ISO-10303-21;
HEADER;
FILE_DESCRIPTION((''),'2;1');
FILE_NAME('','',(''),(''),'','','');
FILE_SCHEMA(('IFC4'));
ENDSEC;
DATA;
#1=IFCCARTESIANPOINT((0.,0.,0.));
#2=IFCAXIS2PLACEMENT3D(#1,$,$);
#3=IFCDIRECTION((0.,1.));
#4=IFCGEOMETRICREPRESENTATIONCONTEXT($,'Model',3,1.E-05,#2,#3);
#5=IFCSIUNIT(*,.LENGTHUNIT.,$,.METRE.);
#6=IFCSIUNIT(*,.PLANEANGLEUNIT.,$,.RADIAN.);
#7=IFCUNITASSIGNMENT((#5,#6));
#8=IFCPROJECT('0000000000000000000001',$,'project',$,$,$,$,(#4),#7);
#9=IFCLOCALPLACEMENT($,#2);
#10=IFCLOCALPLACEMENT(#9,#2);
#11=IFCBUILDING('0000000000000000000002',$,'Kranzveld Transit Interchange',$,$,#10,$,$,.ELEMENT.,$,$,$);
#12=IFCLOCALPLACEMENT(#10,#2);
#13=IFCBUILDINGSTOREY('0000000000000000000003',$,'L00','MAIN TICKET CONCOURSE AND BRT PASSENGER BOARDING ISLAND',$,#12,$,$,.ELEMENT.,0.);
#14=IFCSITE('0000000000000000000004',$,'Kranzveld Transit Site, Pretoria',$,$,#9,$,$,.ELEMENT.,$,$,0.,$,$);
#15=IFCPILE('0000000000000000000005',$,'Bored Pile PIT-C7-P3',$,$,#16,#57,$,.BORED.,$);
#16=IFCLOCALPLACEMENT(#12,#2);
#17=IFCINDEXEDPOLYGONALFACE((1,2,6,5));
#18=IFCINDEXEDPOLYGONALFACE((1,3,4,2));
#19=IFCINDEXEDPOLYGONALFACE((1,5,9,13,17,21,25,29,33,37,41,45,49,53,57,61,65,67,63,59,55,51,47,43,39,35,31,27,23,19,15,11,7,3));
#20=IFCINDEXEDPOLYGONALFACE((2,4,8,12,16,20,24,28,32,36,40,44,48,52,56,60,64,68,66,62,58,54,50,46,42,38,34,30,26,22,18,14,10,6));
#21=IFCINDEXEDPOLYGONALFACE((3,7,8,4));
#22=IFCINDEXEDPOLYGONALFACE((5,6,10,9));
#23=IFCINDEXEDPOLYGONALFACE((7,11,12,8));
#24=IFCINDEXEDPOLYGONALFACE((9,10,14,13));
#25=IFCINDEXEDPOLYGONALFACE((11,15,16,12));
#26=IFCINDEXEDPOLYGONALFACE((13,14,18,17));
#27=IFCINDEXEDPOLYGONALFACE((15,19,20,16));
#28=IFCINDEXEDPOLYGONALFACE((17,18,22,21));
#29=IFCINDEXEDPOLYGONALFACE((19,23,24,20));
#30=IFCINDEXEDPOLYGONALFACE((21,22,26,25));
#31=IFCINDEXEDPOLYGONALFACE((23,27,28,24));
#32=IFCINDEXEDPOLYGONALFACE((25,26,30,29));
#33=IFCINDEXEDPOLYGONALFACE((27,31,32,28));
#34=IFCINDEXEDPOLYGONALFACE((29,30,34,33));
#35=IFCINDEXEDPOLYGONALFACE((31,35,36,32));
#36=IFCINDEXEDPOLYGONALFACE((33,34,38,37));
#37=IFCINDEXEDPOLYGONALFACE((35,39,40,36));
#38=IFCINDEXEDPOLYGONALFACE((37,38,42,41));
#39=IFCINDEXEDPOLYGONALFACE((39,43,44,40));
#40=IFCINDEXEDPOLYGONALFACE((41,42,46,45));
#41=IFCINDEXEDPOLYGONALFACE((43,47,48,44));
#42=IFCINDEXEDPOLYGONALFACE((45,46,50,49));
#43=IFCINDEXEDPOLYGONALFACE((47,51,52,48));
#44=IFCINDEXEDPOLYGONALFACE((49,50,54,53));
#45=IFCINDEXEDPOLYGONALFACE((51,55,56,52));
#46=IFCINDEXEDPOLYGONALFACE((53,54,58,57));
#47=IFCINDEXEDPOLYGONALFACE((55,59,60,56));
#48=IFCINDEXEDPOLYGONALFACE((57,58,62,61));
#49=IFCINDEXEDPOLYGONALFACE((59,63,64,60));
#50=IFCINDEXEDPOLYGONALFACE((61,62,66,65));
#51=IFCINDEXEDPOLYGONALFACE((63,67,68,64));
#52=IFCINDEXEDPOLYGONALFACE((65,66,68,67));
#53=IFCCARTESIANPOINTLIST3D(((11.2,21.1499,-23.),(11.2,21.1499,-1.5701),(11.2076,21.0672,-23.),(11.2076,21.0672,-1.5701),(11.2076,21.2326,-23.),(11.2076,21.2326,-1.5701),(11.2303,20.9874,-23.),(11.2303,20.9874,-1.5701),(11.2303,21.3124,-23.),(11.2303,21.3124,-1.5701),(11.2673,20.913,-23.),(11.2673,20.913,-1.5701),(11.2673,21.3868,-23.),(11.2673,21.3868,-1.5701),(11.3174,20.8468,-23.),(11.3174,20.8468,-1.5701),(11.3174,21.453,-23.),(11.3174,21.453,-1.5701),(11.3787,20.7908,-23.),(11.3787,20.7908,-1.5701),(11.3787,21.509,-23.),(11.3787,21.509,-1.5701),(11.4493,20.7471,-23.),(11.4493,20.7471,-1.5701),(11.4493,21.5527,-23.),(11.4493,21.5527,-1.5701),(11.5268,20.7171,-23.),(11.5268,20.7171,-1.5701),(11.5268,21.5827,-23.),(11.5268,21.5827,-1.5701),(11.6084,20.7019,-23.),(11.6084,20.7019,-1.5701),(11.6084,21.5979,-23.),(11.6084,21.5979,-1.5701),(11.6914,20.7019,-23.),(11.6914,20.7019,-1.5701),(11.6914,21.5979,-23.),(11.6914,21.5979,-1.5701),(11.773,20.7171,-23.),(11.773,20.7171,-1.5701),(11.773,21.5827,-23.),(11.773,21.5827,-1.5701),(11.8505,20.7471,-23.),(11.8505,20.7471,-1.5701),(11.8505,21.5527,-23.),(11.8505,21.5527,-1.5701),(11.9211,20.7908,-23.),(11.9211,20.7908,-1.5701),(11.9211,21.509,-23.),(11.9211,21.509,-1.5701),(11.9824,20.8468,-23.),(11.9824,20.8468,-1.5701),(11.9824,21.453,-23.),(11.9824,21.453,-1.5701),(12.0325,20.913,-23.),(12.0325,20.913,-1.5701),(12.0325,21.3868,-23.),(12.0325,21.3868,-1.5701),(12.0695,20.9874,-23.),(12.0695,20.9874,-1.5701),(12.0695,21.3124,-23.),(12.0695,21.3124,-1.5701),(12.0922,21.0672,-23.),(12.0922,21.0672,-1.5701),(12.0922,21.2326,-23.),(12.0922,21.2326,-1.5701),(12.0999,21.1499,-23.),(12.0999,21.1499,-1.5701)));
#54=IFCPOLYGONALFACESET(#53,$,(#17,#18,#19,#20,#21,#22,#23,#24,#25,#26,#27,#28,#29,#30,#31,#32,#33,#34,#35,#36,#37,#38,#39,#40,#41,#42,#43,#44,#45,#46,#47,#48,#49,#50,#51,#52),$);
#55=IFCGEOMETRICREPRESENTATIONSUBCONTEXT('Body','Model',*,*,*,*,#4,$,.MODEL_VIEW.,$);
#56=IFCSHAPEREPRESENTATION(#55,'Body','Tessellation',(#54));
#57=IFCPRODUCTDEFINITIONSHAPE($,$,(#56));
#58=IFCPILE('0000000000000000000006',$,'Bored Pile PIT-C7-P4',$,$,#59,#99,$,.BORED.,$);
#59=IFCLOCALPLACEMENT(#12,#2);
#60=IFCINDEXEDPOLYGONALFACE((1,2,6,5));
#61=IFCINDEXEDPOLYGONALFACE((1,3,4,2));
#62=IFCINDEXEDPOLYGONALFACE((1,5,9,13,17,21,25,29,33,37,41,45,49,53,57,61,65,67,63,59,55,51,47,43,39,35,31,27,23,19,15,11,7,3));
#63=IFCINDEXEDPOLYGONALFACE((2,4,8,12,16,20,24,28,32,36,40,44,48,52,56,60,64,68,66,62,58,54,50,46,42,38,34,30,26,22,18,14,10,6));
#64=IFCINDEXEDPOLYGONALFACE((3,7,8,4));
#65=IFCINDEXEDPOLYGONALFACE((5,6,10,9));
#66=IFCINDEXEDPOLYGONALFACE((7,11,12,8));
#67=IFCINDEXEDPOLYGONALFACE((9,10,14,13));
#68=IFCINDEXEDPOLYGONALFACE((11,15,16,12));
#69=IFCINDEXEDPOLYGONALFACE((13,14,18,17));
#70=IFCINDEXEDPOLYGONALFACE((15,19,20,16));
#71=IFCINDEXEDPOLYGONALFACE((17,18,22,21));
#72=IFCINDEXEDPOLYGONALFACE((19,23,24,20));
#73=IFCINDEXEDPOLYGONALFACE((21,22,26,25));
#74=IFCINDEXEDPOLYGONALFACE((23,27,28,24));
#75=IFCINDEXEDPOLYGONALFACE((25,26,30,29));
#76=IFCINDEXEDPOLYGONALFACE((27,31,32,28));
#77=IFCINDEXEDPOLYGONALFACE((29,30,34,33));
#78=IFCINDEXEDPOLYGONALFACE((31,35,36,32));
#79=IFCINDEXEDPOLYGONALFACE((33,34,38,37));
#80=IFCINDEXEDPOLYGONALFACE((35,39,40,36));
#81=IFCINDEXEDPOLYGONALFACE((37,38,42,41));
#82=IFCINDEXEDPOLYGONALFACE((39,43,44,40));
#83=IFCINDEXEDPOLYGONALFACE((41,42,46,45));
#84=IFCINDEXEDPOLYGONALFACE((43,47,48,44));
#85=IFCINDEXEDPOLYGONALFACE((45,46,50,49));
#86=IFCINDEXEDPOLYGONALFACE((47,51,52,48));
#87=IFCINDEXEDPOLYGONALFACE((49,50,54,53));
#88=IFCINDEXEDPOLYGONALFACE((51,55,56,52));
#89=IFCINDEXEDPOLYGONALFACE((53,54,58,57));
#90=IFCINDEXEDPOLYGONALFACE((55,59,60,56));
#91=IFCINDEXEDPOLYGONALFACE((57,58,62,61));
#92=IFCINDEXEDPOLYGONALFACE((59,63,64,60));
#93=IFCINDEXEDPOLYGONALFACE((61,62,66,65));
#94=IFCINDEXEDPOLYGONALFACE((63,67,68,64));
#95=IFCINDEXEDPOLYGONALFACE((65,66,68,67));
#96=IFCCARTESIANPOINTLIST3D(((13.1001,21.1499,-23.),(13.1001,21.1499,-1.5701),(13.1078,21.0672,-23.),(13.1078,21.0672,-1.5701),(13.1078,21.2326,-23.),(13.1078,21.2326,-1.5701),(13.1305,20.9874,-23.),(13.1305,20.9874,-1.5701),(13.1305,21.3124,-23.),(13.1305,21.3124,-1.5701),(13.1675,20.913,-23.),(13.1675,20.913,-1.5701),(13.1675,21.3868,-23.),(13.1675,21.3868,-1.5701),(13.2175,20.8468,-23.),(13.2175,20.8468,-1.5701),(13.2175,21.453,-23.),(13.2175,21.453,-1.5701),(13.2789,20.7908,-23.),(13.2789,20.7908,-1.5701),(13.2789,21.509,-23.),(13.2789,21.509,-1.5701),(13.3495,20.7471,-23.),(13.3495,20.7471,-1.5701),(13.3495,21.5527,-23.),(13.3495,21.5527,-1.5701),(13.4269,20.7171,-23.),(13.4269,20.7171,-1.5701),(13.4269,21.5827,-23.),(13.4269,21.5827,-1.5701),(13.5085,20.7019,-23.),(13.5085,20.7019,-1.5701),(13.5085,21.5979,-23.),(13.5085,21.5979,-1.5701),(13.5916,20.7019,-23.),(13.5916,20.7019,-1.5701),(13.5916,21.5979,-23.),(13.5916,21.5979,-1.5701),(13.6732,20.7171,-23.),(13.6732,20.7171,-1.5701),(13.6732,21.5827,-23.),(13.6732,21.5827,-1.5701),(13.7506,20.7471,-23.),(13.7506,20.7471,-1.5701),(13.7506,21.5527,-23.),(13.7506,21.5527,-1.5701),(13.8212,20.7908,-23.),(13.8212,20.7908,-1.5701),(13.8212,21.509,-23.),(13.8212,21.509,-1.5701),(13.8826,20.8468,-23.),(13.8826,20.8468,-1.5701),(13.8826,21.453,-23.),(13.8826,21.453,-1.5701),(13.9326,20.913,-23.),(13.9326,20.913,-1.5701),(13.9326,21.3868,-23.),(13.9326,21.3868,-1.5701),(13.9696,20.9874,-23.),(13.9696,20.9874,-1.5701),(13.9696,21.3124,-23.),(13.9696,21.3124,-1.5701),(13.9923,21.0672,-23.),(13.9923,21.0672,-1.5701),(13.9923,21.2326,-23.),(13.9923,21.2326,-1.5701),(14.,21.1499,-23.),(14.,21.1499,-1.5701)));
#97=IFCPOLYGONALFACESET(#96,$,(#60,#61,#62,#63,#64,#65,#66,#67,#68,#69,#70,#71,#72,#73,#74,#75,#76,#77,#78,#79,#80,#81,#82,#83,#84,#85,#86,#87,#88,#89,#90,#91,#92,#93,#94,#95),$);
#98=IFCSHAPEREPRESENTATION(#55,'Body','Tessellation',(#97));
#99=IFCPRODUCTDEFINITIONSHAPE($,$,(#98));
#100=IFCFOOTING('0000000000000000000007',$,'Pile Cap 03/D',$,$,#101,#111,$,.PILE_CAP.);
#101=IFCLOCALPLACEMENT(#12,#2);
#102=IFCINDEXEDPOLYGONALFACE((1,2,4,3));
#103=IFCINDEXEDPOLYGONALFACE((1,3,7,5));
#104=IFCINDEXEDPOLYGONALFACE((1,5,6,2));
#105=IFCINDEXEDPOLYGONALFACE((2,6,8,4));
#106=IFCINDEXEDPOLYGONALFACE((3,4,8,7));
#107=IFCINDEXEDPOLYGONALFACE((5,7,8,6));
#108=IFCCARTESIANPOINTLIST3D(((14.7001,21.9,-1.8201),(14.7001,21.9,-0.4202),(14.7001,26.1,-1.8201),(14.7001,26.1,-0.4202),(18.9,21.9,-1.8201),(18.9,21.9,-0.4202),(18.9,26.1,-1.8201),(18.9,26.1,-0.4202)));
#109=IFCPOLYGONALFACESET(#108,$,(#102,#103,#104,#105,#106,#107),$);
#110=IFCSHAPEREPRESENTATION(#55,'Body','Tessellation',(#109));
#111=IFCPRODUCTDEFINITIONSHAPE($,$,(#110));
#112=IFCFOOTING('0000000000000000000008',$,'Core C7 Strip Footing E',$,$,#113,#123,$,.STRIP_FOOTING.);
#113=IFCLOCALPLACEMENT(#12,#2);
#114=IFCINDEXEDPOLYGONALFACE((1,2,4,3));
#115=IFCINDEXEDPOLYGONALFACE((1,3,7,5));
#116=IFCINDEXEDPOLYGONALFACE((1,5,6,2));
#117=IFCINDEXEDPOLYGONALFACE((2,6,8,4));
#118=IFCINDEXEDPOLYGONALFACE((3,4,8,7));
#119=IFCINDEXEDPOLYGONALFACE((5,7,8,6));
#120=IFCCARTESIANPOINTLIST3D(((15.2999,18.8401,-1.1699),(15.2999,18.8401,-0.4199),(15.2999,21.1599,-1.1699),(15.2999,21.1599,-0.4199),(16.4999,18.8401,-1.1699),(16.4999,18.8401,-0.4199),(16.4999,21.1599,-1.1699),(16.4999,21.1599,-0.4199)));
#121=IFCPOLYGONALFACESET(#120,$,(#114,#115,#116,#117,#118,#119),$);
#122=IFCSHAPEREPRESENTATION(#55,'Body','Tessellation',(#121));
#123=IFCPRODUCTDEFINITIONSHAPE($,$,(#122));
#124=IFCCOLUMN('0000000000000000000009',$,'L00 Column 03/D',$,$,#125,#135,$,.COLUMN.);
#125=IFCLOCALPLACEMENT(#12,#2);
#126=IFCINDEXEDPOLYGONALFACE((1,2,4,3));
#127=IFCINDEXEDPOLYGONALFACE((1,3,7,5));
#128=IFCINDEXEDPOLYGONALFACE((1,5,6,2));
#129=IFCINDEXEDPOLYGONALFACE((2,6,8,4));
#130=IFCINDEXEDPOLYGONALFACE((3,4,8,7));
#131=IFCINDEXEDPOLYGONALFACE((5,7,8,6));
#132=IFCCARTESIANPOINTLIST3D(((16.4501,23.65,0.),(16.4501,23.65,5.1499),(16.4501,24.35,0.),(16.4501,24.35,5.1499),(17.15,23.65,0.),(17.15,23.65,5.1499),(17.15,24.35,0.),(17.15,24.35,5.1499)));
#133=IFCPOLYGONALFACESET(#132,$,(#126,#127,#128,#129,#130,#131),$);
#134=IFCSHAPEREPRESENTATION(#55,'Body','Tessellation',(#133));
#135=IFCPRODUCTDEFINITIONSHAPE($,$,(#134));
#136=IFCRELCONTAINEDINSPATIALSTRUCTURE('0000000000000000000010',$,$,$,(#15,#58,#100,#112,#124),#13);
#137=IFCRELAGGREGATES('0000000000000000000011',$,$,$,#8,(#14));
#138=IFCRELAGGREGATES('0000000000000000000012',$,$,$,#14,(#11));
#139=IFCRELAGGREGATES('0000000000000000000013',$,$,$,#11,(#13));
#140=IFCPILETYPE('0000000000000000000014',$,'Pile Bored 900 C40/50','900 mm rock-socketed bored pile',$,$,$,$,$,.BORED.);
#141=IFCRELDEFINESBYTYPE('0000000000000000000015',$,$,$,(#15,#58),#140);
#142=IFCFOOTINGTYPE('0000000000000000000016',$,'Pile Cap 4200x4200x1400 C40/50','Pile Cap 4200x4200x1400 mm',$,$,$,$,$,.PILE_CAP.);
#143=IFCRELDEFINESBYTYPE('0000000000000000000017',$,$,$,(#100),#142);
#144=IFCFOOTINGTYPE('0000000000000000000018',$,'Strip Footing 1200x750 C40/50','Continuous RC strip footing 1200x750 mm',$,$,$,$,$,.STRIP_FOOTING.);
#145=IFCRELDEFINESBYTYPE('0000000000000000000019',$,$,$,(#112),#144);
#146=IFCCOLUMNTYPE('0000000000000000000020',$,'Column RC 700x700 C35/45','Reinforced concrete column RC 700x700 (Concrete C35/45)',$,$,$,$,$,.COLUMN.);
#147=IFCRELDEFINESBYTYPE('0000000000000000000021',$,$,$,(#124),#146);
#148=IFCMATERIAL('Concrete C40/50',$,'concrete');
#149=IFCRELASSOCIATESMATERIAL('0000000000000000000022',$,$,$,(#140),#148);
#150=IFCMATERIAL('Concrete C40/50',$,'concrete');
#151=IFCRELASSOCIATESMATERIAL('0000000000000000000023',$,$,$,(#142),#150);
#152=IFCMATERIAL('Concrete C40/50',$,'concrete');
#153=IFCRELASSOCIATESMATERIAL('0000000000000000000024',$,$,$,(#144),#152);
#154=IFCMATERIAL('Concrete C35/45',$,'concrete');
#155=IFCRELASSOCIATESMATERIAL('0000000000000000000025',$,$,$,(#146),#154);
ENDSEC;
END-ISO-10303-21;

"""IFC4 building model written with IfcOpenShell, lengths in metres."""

from ifc_helpers import new_model, si_unit, direction, frame, origin, origin_2d, place, context, subcontext, project, spatial, rectangle, circle, extrude, material, material_profile, profile_set, type_object, element, save


model = new_model("IFC4")

# Units and contexts
model_context = context("Model", 3, precision=1e-05, world=origin(), true_north=direction((0.0, 1.0)))
body_context = subcontext(model_context, "Body", "Model", "MODEL_VIEW")
ifc_project = project(units=[si_unit("LENGTHUNIT", "METRE"), si_unit("PLANEANGLEUNIT", "RADIAN")], contexts=[model_context])

# Site, building, storey
site_placement = place(None, origin())
site = spatial("IfcSite", under=ifc_project, at=site_placement, Name="Kranzveld Transit Site, Pretoria", CompositionType="ELEMENT", RefElevation=0.0)
building_placement = place(site_placement, origin())
building = spatial("IfcBuilding", under=site, at=building_placement, Name="Kranzveld Transit Interchange", CompositionType="ELEMENT")
storey_placement = place(building_placement, origin())
storey = spatial("IfcBuildingStorey", under=building, at=storey_placement, Name="L00", Description="MAIN TICKET CONCOURSE AND BRT PASSENGER BOARDING ISLAND", CompositionType="ELEMENT", Elevation=0.0)

# Piles
ifc_material_1 = material(Name="Concrete C40/50", Category="concrete")
ifc_material_profile_1 = material_profile(ifc_material_1, circle(Radius=0.45, at=origin_2d()), Name="BORED PILE 900")
ifc_profile_set_1 = profile_set([ifc_material_profile_1], Name="Concrete C40/50")
pile_type_1 = type_object("IfcPileType", Name="Pile Bored 900 C40/50", Description="900 mm rock-socketed bored pile", PredefinedType="BORED", material=ifc_profile_set_1)
for number, where, z_axis, x_axis, name in (
    (1, (11.6499, 21.1499, -1.5701), (0.0, 0.0, -1.0), (1.0, 0.0, 0.0), "Bored Pile PIT-C7-P3"),
    (2, (13.55, 21.1499, -1.5701), (0.0, 0.0, -1.0), (1.0, 0.0, 0.0), "Bored Pile PIT-C7-P4"),
):
    element("IfcPile", number, at=place(storey_placement, frame(where, z_axis=z_axis, x_axis=x_axis)), inside=storey, type_object=pile_type_1, Name=name, PredefinedType="BORED", context=body_context, shape_type="SweptSolid", body=[
        extrude(circle(Radius=0.45, at=origin_2d()), origin(), (0.0, 0.0, 1.0), 21.4299),
    ])

# Footings
ifc_material_2 = material(Name="Concrete C40/50", Category="concrete")
footing_type_1 = type_object("IfcFootingType", Name="Pile Cap 4200x4200x1400 C40/50", Description="Pile Cap 4200x4200x1400 mm", PredefinedType="PILE_CAP", material=ifc_material_2)
footing_1_placement = place(storey_placement, frame((16.8, 24.0, -1.8201), z_axis=(0.0, 0.0, 1.0), x_axis=(1.0, 0.0, 0.0)))
element("IfcFooting", 3, at=footing_1_placement, inside=storey, type_object=footing_type_1, Name="Pile Cap 03/D", PredefinedType="PILE_CAP", context=body_context, shape_type="SweptSolid", body=[
    extrude(rectangle(XDim=4.2, YDim=4.2, at=origin_2d()), origin(), (0.0, 0.0, 1.0), 1.3999),
])
ifc_material_3 = material(Name="Concrete C40/50", Category="concrete")
ifc_material_profile_2 = material_profile(ifc_material_3, rectangle(XDim=1.2, YDim=0.75, at=origin_2d()), Name="SF 1200x750")
ifc_profile_set_2 = profile_set([ifc_material_profile_2], Name="Concrete C40/50")
footing_type_2 = type_object("IfcFootingType", Name="Strip Footing 1200x750 C40/50", Description="Continuous RC strip footing 1200x750 mm", PredefinedType="STRIP_FOOTING", material=ifc_profile_set_2)
footing_2_placement = place(storey_placement, frame((15.8999, 18.8401, -0.7949), z_axis=(0.0, 1.0, 0.0), x_axis=(-1.0, 0.0, 0.0)))
element("IfcFooting", 4, at=footing_2_placement, inside=storey, type_object=footing_type_2, Name="Core C7 Strip Footing E", PredefinedType="STRIP_FOOTING", context=body_context, shape_type="SweptSolid", body=[
    extrude(rectangle(XDim=1.2, YDim=0.75, at=origin_2d()), origin(), (0.0, 0.0, 1.0), 2.3198),
])

# Column
ifc_material_4 = material(Name="Concrete C35/45", Category="concrete")
ifc_material_profile_3 = material_profile(ifc_material_4, rectangle(XDim=0.7, YDim=0.7, at=origin_2d()), Name="RC 700x700")
ifc_profile_set_3 = profile_set([ifc_material_profile_3], Name="Concrete C35/45")
column_type_1 = type_object("IfcColumnType", Name="Column RC 700x700 C35/45", Description="Reinforced concrete column RC 700x700 (Concrete C35/45)", PredefinedType="COLUMN", material=ifc_profile_set_3)
column_1_placement = place(storey_placement, frame((16.8, 24.0, 0.0), z_axis=(0.0, 0.0, 1.0), x_axis=(1.0, 0.0, 0.0)))
element("IfcColumn", 5, at=column_1_placement, inside=storey, type_object=column_type_1, Name="L00 Column 03/D", PredefinedType="COLUMN", context=body_context, shape_type="SweptSolid", body=[
    extrude(rectangle(XDim=0.7, YDim=0.7, at=origin_2d()), origin(), (0.0, 0.0, 1.0), 5.1499),
])

save(model, "model.ifc")
